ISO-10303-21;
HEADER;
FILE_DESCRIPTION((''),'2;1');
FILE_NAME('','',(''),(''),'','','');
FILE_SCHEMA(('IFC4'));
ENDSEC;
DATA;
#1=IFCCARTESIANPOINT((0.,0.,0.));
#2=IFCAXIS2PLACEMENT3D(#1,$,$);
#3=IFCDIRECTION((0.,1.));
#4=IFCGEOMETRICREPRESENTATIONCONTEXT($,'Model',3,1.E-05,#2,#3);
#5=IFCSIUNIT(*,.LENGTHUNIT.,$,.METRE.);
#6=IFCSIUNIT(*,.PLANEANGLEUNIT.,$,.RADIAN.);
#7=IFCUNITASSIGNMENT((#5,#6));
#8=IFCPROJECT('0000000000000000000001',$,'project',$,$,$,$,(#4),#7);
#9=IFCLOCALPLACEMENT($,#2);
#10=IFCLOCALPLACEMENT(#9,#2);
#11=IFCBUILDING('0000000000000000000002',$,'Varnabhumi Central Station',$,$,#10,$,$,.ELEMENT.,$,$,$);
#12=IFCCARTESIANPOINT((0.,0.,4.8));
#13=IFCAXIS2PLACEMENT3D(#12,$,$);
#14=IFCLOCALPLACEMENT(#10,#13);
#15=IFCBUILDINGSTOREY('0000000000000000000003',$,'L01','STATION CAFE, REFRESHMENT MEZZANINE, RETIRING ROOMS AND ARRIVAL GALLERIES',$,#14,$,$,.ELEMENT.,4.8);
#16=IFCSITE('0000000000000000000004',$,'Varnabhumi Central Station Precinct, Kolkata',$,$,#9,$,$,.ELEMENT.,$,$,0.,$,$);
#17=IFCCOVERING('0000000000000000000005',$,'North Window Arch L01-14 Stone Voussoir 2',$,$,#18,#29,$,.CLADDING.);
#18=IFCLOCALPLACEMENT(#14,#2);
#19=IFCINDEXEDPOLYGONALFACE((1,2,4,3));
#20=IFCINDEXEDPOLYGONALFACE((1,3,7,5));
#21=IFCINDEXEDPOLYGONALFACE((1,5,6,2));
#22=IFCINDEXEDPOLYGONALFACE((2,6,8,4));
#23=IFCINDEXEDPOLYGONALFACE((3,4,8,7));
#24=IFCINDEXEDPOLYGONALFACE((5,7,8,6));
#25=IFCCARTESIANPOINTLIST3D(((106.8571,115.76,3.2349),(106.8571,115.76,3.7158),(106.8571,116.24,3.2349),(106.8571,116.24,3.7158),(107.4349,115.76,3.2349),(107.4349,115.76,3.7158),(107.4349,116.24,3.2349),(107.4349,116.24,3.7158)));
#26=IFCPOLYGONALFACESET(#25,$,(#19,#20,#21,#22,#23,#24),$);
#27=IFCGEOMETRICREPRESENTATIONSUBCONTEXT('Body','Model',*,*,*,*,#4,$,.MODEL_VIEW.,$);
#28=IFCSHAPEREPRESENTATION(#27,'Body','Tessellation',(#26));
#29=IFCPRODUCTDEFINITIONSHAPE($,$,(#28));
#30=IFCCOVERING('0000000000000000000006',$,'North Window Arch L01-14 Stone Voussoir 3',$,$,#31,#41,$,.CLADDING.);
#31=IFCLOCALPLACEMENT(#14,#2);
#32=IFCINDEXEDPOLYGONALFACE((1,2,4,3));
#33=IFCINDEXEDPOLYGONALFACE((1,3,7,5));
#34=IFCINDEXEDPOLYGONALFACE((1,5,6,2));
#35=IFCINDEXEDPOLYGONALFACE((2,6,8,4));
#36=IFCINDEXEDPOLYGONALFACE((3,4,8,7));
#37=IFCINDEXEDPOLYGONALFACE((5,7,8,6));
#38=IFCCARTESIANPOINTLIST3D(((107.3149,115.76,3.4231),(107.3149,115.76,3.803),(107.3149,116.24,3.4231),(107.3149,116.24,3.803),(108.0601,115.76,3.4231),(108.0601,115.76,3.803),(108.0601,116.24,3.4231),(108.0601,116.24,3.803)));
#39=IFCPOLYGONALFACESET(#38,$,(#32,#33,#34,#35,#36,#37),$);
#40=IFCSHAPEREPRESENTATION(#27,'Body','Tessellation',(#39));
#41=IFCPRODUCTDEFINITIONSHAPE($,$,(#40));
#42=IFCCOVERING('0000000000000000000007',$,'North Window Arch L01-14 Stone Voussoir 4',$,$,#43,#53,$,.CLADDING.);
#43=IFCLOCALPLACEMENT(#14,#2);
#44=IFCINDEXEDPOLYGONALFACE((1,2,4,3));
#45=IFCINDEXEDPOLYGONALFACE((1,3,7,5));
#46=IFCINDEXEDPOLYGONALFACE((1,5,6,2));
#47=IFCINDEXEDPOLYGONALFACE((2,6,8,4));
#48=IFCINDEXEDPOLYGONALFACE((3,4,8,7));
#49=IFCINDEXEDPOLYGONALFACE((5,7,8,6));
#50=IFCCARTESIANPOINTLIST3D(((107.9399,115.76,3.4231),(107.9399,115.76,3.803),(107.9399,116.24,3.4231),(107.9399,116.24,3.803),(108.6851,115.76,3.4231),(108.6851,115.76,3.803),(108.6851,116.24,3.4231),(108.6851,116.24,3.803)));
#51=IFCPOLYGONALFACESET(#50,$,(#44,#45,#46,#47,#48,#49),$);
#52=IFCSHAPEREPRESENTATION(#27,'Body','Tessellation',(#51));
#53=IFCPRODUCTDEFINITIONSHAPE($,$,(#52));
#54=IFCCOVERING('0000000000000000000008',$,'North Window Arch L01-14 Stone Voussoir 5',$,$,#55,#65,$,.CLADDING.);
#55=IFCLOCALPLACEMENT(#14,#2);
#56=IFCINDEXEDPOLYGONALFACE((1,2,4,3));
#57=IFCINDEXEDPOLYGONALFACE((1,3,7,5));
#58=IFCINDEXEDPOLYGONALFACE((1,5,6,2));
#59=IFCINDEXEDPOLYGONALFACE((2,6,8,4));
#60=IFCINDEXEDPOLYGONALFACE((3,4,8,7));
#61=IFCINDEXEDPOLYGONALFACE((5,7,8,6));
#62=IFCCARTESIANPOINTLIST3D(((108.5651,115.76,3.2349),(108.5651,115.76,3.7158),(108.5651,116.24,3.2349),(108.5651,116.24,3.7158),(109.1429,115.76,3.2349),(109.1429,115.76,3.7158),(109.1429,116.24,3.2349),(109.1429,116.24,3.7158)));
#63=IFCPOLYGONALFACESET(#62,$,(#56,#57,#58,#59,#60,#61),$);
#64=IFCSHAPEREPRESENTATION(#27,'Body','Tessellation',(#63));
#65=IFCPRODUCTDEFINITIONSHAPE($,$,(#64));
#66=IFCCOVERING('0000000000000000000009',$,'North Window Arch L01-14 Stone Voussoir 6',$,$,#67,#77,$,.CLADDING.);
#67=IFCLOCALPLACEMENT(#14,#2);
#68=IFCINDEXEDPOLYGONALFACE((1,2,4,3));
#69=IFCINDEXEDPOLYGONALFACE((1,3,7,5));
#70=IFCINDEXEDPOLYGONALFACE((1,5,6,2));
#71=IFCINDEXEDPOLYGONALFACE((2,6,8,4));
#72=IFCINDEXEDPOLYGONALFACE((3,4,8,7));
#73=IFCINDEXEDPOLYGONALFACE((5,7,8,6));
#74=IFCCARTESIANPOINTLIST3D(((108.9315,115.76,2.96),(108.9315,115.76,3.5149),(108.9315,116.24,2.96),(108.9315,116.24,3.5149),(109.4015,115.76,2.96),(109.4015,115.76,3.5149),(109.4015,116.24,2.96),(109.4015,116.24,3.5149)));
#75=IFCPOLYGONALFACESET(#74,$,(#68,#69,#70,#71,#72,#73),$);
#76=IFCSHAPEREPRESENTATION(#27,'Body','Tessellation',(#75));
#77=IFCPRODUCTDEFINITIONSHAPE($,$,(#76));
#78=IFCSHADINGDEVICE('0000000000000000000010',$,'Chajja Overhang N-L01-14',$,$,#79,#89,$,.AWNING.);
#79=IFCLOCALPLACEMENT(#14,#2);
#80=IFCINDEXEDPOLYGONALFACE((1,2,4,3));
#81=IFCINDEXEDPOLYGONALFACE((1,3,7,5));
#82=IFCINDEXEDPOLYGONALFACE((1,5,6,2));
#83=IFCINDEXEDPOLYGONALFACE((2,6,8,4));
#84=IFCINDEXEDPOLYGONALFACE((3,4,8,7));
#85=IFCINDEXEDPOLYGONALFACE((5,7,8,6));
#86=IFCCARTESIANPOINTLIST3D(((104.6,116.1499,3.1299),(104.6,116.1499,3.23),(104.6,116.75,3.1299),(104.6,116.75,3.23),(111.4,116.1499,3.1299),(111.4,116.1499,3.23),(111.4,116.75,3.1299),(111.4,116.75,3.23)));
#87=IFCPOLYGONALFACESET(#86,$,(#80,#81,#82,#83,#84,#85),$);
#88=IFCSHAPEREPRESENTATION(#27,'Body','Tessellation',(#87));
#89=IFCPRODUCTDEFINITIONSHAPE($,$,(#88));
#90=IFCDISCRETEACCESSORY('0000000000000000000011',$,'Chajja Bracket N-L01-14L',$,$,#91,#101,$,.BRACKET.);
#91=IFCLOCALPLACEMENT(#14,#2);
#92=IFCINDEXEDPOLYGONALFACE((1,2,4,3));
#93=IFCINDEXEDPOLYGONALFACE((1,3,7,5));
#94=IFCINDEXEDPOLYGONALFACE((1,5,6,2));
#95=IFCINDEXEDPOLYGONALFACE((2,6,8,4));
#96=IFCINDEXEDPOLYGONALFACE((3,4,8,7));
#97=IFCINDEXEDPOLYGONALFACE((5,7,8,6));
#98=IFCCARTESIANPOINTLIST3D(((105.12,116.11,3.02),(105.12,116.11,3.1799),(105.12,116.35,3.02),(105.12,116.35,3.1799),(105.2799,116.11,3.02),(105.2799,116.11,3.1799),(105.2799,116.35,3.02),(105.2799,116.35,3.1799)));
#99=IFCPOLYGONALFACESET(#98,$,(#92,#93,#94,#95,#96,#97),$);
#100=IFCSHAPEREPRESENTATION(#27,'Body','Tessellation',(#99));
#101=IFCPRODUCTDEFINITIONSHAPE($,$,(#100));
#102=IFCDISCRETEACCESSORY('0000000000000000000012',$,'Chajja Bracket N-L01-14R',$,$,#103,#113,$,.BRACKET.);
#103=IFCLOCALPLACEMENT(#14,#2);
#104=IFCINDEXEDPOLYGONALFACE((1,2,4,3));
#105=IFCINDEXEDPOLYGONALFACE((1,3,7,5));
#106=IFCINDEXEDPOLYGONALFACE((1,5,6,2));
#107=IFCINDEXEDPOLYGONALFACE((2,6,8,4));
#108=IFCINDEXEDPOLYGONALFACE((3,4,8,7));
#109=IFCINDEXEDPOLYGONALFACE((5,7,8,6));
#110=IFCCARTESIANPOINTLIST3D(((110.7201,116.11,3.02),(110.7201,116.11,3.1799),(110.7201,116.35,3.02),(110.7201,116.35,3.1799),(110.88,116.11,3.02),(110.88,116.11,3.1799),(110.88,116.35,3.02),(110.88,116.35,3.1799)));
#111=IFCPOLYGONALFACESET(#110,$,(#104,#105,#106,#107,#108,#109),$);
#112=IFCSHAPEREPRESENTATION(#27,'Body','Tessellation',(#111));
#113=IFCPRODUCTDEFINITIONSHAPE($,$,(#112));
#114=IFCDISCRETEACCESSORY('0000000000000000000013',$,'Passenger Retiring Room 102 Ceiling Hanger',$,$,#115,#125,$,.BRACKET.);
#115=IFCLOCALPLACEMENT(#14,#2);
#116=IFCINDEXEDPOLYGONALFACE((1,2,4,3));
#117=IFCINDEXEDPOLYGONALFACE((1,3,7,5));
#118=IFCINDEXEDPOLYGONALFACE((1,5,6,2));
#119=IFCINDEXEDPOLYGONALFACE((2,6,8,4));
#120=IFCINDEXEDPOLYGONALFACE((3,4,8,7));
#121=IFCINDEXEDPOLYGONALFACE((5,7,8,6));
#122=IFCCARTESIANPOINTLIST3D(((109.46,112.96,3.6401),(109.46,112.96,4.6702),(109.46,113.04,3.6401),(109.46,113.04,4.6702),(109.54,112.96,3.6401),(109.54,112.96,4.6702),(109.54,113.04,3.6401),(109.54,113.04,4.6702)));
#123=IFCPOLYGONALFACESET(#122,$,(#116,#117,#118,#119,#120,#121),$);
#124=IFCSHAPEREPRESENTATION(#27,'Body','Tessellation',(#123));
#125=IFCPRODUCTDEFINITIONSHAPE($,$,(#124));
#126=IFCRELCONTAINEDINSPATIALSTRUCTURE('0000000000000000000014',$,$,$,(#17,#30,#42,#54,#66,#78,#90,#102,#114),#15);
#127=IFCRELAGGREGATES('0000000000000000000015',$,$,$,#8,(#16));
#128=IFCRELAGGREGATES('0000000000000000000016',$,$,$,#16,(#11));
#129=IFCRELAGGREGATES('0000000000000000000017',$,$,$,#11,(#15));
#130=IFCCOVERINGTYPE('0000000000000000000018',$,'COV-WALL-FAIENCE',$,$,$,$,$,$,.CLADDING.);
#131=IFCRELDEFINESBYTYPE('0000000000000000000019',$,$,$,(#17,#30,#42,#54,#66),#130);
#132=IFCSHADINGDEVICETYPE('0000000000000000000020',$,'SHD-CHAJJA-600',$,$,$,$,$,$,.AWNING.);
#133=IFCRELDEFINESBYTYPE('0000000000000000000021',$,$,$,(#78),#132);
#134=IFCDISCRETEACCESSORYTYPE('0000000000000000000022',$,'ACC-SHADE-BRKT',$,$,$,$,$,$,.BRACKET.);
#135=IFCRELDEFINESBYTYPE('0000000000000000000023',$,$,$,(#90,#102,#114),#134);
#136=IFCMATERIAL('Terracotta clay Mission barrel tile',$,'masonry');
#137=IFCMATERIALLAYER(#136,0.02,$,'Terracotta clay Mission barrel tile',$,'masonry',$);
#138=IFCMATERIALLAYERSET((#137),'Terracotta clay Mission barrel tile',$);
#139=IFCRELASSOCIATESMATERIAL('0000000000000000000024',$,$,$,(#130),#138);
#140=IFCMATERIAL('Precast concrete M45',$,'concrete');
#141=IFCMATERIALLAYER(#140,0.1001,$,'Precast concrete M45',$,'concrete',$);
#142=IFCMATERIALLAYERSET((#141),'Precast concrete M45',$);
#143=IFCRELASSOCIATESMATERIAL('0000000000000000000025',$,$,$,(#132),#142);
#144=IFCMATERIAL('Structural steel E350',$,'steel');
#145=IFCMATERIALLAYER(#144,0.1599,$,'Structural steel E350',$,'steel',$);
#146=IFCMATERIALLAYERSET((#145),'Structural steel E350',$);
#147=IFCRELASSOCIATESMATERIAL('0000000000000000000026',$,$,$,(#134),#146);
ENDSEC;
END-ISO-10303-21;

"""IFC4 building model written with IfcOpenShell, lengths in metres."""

from ifc_helpers import new_model, si_unit, direction, frame, origin, origin_2d, place, context, subcontext, project, spatial, rectangle, extrude, material, layer, layer_set, type_object, element, save


model = new_model("IFC4")

# Units and contexts
model_context = context("Model", 3, precision=1e-05, world=origin(), true_north=direction((0.0, 1.0)))
body_context = subcontext(model_context, "Body", "Model", "MODEL_VIEW")
ifc_project = project(units=[si_unit("LENGTHUNIT", "METRE"), si_unit("PLANEANGLEUNIT", "RADIAN")], contexts=[model_context])

# Site, building, storey
site_placement = place(None, origin())
site = spatial("IfcSite", under=ifc_project, at=site_placement, Name="Varnabhumi Central Station Precinct, Kolkata", CompositionType="ELEMENT", RefElevation=0.0)
building_placement = place(site_placement, origin())
building = spatial("IfcBuilding", under=site, at=building_placement, Name="Varnabhumi Central Station", CompositionType="ELEMENT")
storey_placement = place(building_placement, frame((0.0, 0.0, 4.8)))
storey = spatial("IfcBuildingStorey", under=building, at=storey_placement, Name="L01", Description="STATION CAFE, REFRESHMENT MEZZANINE, RETIRING ROOMS AND ARRIVAL GALLERIES", CompositionType="ELEMENT", Elevation=4.8)

# Coverings
ifc_material_1 = material(Name="Terracotta clay Mission barrel tile", Category="masonry")
ifc_layer_1 = layer(ifc_material_1, 0.02, Name="Terracotta clay Mission barrel tile", Category="masonry")
ifc_layer_set_1 = layer_set([ifc_layer_1], Name="Terracotta clay Mission barrel tile")
covering_type = type_object("IfcCoveringType", Name="COV-WALL-FAIENCE", PredefinedType="CLADDING", material=ifc_layer_set_1)
covering_1_placement = place(storey_placement, frame((107.146, 116.0, 3.2349), z_axis=(0.0, 0.0, 1.0), x_axis=(1.0, 0.0, 0.0)))
element("IfcCovering", 1, at=covering_1_placement, inside=storey, type_object=covering_type, Name="North Window Arch L01-14 Stone Voussoir 2", PredefinedType="CLADDING", context=body_context, shape_type="SweptSolid", body=[
    extrude(rectangle(XDim=0.5779, YDim=0.48, at=origin_2d()), origin(), (0.0, 0.0, 1.0), 0.481),
])
for number, where, z_axis, x_axis, name in (
    (2, (107.6875, 116.0, 3.4231), (0.0, 0.0, 1.0), (1.0, 0.0, 0.0), "North Window Arch L01-14 Stone Voussoir 3"),
    (3, (108.3125, 116.0, 3.4231), (0.0, 0.0, 1.0), (1.0, 0.0, 0.0), "North Window Arch L01-14 Stone Voussoir 4"),
):
    element("IfcCovering", number, at=place(storey_placement, frame(where, z_axis=z_axis, x_axis=x_axis)), inside=storey, type_object=covering_type, Name=name, PredefinedType="CLADDING", context=body_context, shape_type="SweptSolid", body=[
        extrude(rectangle(XDim=0.7451, YDim=0.48, at=origin_2d()), origin(), (0.0, 0.0, 1.0), 0.3799),
    ])
covering_2_placement = place(storey_placement, frame((108.854, 116.0, 3.2349), z_axis=(0.0, 0.0, 1.0), x_axis=(1.0, 0.0, 0.0)))
element("IfcCovering", 4, at=covering_2_placement, inside=storey, type_object=covering_type, Name="North Window Arch L01-14 Stone Voussoir 5", PredefinedType="CLADDING", context=body_context, shape_type="SweptSolid", body=[
    extrude(rectangle(XDim=0.5779, YDim=0.48, at=origin_2d()), origin(), (0.0, 0.0, 1.0), 0.481),
])
covering_3_placement = place(storey_placement, frame((109.1665, 116.0, 2.96), z_axis=(0.0, 0.0, 1.0), x_axis=(1.0, 0.0, 0.0)))
element("IfcCovering", 5, at=covering_3_placement, inside=storey, type_object=covering_type, Name="North Window Arch L01-14 Stone Voussoir 6", PredefinedType="CLADDING", context=body_context, shape_type="SweptSolid", body=[
    extrude(rectangle(XDim=0.47, YDim=0.48, at=origin_2d()), origin(), (0.0, 0.0, 1.0), 0.5549),
])

# Shading device
ifc_material_2 = material(Name="Precast concrete M45", Category="concrete")
ifc_layer_2 = layer(ifc_material_2, 0.1001, Name="Precast concrete M45", Category="concrete")
ifc_layer_set_2 = layer_set([ifc_layer_2], Name="Precast concrete M45")
shading_device_type = type_object("IfcShadingDeviceType", Name="SHD-CHAJJA-600", PredefinedType="AWNING", material=ifc_layer_set_2)
shading_device_placement = place(storey_placement, frame((108.0, 116.45, 3.1299), z_axis=(0.0, 0.0, 1.0), x_axis=(1.0, 0.0, 0.0)))
element("IfcShadingDevice", 6, at=shading_device_placement, inside=storey, type_object=shading_device_type, Name="Chajja Overhang N-L01-14", PredefinedType="AWNING", context=body_context, shape_type="SweptSolid", body=[
    extrude(rectangle(XDim=6.8, YDim=0.6001, at=origin_2d()), origin(), (0.0, 0.0, 1.0), 0.1001),
])

# Discrete accessories
ifc_material_3 = material(Name="Structural steel E350", Category="steel")
ifc_layer_3 = layer(ifc_material_3, 0.1599, Name="Structural steel E350", Category="steel")
ifc_layer_set_3 = layer_set([ifc_layer_3], Name="Structural steel E350")
discrete_accessory_type = type_object("IfcDiscreteAccessoryType", Name="ACC-SHADE-BRKT", PredefinedType="BRACKET", material=ifc_layer_set_3)
for number, where, z_axis, x_axis, name in (
    (7, (105.2, 116.23, 3.02), (0.0, 0.0, 1.0), (1.0, 0.0, 0.0), "Chajja Bracket N-L01-14L"),
    (8, (110.8, 116.23, 3.02), (0.0, 0.0, 1.0), (1.0, 0.0, 0.0), "Chajja Bracket N-L01-14R"),
):
    element("IfcDiscreteAccessory", number, at=place(storey_placement, frame(where, z_axis=z_axis, x_axis=x_axis)), inside=storey, type_object=discrete_accessory_type, Name=name, PredefinedType="BRACKET", context=body_context, shape_type="SweptSolid", body=[
        extrude(rectangle(XDim=0.1599, YDim=0.24, at=origin_2d()), origin(), (0.0, 0.0, 1.0), 0.1599),
    ])
discrete_accessory_placement = place(storey_placement, frame((109.5, 113.0, 3.6401), z_axis=(0.0, 0.0, 1.0), x_axis=(1.0, 0.0, 0.0)))
element("IfcDiscreteAccessory", 9, at=discrete_accessory_placement, inside=storey, type_object=discrete_accessory_type, Name="Passenger Retiring Room 102 Ceiling Hanger", PredefinedType="BRACKET", context=body_context, shape_type="SweptSolid", body=[
    extrude(rectangle(XDim=0.0801, YDim=0.0801, at=origin_2d()), origin(), (0.0, 0.0, 1.0), 1.03),
])

save(model, "model.ifc")
